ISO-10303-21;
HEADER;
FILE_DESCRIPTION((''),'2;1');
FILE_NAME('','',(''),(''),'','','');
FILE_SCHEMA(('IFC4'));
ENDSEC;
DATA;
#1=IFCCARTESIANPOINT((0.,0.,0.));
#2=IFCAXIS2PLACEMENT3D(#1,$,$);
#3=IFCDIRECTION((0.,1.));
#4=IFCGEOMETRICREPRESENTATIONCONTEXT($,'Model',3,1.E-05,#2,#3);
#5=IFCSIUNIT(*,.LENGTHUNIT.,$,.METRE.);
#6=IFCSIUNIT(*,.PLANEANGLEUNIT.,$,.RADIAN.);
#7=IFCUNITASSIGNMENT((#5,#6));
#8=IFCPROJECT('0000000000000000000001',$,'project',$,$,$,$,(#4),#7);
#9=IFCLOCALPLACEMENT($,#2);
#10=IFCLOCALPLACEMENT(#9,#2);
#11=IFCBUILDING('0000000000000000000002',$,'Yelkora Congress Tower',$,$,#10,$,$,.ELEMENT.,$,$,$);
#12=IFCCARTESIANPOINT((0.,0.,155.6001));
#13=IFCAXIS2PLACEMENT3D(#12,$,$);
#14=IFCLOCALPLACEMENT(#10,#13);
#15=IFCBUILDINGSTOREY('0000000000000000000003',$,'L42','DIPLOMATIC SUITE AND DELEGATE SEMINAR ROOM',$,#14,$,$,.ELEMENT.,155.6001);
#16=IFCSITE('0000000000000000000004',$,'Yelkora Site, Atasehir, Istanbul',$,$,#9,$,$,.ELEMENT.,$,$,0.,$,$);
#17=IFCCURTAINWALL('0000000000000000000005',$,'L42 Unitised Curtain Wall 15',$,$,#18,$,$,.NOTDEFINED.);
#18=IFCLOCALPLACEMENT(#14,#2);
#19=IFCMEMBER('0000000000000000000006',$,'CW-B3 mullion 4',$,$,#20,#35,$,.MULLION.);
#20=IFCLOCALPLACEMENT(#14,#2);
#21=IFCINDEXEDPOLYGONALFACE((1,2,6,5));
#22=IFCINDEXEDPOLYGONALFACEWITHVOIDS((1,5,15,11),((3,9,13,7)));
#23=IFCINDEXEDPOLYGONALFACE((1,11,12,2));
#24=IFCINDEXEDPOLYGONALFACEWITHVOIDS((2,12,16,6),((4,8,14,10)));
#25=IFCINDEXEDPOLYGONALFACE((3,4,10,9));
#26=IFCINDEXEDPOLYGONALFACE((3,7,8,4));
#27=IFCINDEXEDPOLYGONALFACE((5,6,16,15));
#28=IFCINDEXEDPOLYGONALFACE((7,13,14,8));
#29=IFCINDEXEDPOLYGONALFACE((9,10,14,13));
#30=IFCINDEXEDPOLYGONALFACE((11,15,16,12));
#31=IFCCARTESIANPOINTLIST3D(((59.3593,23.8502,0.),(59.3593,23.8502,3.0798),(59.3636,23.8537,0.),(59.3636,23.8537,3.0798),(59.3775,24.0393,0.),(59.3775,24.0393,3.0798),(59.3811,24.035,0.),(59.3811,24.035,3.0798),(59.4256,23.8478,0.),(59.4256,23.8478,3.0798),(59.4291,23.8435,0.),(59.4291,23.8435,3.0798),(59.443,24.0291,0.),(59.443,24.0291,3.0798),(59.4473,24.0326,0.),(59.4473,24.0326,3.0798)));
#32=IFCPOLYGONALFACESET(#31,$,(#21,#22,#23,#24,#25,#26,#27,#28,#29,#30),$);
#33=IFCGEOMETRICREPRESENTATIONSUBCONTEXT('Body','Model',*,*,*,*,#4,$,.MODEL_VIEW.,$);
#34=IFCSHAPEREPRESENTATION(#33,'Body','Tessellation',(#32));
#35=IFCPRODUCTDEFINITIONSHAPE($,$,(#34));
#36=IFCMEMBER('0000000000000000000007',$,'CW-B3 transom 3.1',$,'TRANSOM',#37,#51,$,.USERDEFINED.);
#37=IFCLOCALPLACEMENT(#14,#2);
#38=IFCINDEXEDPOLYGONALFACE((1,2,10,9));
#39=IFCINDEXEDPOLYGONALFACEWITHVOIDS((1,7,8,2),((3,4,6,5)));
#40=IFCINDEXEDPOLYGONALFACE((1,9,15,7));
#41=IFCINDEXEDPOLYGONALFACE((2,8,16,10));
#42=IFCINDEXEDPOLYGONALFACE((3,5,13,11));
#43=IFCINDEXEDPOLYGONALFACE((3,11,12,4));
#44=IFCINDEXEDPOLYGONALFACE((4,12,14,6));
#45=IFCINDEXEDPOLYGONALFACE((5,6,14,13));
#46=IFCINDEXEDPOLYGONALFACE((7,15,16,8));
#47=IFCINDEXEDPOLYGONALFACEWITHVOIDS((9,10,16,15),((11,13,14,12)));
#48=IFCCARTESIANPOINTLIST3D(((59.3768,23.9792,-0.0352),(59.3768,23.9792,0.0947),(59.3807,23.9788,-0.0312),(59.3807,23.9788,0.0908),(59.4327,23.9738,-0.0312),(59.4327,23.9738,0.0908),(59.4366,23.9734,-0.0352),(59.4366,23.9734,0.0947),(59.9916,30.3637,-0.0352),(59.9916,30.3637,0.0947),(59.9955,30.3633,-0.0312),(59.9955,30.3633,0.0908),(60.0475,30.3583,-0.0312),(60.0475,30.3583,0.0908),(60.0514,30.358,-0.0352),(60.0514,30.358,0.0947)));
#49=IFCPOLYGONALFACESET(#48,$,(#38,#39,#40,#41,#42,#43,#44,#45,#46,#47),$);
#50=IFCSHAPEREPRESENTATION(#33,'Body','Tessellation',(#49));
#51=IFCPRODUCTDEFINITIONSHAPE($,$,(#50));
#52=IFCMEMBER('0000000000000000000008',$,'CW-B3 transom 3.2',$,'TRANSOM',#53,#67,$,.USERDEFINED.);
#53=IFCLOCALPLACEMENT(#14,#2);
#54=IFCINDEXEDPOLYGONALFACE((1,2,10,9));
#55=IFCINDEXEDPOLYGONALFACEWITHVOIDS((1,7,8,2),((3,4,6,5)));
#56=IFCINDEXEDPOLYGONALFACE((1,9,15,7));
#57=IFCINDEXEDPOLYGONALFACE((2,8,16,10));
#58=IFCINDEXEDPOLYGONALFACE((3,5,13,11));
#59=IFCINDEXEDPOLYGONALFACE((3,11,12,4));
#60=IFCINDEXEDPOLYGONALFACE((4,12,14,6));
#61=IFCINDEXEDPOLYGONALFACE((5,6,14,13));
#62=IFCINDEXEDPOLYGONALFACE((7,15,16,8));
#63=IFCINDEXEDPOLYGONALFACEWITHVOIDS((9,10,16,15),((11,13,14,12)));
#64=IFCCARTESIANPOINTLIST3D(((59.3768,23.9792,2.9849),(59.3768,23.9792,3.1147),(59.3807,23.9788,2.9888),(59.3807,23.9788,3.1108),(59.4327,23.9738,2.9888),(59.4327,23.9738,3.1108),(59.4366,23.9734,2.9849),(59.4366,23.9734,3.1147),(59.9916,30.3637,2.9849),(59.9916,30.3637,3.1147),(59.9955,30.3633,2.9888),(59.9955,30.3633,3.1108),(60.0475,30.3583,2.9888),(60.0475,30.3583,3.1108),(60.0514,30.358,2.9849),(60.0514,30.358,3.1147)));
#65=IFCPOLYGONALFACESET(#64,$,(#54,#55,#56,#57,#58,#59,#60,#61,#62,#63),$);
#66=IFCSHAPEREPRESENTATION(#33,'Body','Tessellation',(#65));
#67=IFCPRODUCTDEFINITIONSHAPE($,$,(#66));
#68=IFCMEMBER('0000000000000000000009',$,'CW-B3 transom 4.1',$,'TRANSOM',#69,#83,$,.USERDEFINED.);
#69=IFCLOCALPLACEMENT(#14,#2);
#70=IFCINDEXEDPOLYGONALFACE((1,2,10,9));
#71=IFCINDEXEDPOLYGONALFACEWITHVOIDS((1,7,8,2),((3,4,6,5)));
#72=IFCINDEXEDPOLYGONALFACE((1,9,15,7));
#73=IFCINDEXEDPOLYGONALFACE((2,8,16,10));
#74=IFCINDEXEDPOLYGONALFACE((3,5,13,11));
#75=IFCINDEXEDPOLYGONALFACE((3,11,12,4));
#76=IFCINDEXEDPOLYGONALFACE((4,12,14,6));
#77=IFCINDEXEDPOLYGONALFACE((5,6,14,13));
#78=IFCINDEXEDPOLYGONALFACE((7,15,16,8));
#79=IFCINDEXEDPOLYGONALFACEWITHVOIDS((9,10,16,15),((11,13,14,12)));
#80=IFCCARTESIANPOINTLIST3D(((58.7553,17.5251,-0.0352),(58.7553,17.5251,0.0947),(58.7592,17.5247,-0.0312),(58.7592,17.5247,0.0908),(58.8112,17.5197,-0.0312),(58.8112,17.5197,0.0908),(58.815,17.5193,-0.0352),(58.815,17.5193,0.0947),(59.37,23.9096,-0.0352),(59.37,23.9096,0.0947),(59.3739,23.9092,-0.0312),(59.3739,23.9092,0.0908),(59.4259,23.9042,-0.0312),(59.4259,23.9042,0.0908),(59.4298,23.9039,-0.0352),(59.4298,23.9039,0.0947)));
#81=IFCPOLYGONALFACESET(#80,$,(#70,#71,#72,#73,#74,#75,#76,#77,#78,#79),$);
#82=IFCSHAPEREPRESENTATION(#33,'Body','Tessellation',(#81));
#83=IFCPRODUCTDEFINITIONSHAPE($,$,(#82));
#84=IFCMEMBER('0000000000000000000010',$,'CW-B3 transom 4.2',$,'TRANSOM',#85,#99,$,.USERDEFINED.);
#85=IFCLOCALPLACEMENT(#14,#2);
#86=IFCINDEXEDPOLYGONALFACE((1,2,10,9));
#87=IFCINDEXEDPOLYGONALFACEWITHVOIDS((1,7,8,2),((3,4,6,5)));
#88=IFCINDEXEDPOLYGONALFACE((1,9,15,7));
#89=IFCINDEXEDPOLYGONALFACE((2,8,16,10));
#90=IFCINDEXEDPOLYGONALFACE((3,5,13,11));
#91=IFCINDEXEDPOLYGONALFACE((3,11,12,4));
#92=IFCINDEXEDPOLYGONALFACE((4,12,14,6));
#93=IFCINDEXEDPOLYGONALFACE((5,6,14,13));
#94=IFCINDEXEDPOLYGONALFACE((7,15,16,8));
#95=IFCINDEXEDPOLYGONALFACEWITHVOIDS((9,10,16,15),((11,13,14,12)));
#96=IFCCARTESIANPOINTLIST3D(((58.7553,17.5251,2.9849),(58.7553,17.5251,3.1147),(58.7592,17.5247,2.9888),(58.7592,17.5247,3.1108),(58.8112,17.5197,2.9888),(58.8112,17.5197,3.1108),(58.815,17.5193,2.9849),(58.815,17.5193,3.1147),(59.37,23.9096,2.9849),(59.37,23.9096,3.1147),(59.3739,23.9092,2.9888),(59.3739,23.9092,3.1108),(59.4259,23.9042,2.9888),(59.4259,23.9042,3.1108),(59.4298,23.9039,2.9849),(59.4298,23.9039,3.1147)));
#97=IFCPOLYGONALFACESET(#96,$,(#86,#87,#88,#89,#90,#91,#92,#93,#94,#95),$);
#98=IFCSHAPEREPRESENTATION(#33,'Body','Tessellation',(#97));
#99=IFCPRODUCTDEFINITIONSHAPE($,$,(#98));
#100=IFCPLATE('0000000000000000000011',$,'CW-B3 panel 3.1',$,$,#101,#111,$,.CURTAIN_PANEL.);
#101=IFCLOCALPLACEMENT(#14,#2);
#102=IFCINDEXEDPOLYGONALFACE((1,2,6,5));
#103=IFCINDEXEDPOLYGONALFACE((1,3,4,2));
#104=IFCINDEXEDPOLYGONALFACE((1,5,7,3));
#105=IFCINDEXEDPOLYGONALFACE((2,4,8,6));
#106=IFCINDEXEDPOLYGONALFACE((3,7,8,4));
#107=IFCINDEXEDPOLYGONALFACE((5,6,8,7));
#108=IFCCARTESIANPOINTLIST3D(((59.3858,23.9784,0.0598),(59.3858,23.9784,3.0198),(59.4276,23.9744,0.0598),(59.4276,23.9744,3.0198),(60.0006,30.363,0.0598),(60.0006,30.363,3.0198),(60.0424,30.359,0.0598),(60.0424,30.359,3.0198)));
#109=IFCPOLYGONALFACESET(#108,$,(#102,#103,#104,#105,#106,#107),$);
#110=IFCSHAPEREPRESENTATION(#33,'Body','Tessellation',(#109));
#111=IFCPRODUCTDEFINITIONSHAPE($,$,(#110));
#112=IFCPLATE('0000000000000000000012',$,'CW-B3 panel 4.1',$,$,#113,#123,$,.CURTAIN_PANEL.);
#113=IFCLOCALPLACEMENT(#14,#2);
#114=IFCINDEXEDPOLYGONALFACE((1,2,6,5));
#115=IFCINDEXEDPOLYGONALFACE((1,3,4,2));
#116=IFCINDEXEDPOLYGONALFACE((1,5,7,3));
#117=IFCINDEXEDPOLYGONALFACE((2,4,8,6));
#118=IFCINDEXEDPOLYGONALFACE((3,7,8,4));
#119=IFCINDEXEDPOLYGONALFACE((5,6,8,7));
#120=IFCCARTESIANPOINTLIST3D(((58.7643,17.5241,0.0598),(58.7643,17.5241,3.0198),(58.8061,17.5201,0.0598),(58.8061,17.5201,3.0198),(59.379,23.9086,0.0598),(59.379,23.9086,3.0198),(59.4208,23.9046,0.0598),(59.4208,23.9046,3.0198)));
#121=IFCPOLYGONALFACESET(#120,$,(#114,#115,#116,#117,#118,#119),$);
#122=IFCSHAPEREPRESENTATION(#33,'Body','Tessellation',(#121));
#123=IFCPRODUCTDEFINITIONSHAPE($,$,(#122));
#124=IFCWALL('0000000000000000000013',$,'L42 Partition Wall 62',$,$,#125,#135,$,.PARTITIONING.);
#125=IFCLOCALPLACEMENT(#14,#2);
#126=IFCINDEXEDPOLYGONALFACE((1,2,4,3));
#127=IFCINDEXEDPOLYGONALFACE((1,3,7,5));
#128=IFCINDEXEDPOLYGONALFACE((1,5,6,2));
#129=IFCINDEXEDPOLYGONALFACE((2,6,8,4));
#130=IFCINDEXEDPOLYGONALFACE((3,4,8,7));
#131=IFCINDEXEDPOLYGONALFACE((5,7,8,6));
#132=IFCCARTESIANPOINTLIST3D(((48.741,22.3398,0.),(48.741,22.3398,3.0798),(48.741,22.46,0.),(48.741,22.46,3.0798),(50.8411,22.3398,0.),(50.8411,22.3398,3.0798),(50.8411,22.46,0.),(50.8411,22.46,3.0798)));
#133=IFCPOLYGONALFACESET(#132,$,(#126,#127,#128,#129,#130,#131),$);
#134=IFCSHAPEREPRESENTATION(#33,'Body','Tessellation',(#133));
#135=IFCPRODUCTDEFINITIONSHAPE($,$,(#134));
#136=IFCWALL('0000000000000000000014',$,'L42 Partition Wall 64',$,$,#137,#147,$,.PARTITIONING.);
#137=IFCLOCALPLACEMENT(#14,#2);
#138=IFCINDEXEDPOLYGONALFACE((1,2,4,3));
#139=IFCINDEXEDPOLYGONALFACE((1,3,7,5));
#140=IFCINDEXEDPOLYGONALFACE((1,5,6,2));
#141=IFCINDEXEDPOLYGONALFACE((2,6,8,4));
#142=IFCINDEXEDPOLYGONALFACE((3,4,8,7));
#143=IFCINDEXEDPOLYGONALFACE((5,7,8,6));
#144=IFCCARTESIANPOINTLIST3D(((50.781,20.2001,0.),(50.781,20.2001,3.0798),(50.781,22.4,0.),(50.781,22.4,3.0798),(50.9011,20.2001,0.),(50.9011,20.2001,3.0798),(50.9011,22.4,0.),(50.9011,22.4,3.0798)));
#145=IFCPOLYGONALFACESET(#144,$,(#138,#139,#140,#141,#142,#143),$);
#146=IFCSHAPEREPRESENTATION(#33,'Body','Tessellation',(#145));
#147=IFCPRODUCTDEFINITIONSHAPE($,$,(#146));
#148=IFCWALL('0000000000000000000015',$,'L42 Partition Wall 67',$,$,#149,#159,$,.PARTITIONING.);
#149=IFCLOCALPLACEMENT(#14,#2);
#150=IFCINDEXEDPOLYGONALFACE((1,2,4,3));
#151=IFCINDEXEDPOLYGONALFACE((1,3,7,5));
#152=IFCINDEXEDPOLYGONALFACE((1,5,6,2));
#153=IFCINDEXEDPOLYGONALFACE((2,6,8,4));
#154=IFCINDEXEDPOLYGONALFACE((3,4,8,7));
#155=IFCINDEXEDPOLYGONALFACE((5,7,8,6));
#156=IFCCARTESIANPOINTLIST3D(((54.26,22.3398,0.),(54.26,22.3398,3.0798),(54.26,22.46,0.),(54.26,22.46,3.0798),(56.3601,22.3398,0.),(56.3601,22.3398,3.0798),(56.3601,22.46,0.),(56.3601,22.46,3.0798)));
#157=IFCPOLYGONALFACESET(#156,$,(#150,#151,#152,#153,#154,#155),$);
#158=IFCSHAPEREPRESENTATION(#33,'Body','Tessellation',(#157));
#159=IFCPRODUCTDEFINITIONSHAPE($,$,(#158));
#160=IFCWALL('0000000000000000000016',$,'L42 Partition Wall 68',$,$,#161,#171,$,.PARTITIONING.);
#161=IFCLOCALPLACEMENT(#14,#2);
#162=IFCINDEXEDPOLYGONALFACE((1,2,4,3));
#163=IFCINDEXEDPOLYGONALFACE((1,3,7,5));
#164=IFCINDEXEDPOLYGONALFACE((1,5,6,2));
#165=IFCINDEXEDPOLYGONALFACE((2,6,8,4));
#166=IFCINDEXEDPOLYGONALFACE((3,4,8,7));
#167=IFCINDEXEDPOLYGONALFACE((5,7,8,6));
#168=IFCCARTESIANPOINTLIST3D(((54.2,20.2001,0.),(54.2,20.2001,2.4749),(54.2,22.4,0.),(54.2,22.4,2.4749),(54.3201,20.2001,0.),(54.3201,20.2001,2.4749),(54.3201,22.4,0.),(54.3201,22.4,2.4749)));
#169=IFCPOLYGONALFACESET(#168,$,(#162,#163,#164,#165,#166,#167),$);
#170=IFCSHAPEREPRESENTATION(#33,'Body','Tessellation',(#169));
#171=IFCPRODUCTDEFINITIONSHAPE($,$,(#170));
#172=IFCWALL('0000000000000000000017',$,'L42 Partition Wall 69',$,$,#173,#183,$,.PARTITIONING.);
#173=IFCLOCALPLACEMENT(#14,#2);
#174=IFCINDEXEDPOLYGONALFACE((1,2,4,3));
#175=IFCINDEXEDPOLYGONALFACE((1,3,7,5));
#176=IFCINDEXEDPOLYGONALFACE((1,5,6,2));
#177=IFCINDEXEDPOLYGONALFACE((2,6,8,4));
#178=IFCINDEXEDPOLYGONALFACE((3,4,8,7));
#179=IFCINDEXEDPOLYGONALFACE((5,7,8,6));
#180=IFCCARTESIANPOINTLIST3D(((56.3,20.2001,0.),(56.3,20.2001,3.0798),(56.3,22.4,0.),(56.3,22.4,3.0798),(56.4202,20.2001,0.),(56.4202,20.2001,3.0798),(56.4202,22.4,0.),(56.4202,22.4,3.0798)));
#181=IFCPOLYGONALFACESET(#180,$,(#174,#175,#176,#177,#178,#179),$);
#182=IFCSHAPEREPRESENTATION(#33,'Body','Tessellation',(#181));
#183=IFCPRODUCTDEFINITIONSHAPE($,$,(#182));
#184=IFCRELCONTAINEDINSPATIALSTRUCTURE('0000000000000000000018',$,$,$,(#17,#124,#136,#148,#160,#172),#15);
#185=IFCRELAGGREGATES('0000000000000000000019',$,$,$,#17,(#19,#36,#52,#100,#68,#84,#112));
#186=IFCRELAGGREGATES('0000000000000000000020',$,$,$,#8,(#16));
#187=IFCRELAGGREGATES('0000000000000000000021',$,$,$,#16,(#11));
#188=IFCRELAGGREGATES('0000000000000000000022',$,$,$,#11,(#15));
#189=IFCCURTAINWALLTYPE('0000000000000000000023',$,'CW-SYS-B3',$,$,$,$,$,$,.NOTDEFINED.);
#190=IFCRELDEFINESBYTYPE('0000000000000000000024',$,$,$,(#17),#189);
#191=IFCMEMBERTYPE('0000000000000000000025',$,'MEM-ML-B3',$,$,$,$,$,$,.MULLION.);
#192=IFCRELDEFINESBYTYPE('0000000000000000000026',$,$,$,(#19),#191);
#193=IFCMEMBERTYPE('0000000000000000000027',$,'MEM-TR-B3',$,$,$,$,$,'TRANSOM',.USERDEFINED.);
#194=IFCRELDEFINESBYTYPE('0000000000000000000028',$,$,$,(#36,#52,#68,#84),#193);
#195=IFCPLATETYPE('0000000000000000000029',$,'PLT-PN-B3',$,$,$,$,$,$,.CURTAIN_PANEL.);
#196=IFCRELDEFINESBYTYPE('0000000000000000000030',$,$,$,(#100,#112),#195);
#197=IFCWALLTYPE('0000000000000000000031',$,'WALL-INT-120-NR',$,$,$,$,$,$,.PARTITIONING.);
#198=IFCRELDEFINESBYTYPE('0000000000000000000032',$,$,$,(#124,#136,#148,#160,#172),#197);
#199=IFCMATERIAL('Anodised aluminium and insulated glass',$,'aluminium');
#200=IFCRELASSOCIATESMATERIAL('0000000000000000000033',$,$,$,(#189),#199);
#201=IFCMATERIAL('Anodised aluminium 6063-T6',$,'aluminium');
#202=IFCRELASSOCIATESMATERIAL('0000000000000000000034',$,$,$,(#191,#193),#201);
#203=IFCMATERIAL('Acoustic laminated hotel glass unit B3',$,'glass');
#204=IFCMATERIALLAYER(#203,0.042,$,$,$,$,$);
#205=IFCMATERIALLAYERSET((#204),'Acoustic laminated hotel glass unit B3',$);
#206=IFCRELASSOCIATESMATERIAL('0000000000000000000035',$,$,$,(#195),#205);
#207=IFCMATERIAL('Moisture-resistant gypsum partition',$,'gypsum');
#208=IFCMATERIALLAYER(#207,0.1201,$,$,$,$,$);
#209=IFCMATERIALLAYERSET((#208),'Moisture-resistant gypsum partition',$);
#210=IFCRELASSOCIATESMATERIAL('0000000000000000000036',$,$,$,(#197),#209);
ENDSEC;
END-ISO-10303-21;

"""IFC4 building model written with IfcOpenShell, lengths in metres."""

from ifc_helpers import new_model, si_unit, direction, frame, frame_2d, origin, origin_2d, place, context, subcontext, project, spatial, rectangle, hollow_rectangle, extrude, material, layer, layer_set, material_profile, profile_set, type_object, element, aggregate, save


model = new_model("IFC4")

# Units and contexts
model_context = context("Model", 3, precision=1e-05, world=origin(), true_north=direction((0.0, 1.0)))
body_context = subcontext(model_context, "Body", "Model", "MODEL_VIEW")
ifc_project = project(units=[si_unit("LENGTHUNIT", "METRE"), si_unit("PLANEANGLEUNIT", "RADIAN")], contexts=[model_context])

# Site, building, storey
site_placement = place(None, origin())
site = spatial("IfcSite", under=ifc_project, at=site_placement, Name="Yelkora Site, Atasehir, Istanbul", CompositionType="ELEMENT", RefElevation=0.0)
building_placement = place(site_placement, origin())
building = spatial("IfcBuilding", under=site, at=building_placement, Name="Yelkora Congress Tower", CompositionType="ELEMENT")
storey_placement = place(building_placement, frame((0.0, 0.0, 155.6001)))
storey = spatial("IfcBuildingStorey", under=building, at=storey_placement, Name="L42", Description="DIPLOMATIC SUITE AND DELEGATE SEMINAR ROOM", CompositionType="ELEMENT", Elevation=155.6001)

# Curtain wall, members, plates
ifc_material_1 = material(Name="Anodised aluminium and insulated glass", Category="aluminium")
curtain_wall_type = type_object("IfcCurtainWallType", Name="CW-SYS-B3", PredefinedType="NOTDEFINED", material=ifc_material_1)
curtain_wall_placement = place(storey_placement, origin())
curtain_wall = element("IfcCurtainWall", 1, at=curtain_wall_placement, inside=storey, type_object=curtain_wall_type, Name="L42 Unitised Curtain Wall 15", PredefinedType="NOTDEFINED")
ifc_material_2 = material(Name="Anodised aluminium 6063-T6", Category="aluminium")
ifc_material_profile_1 = material_profile(ifc_material_2, hollow_rectangle(XDim=0.0701, YDim=0.1899, WallThickness=0.0039, at=origin_2d()), Name="ALU 70x190x4")
ifc_profile_set_1 = profile_set([ifc_material_profile_1], Name="Anodised aluminium 6063-T6")
member_type_1 = type_object("IfcMemberType", Name="MEM-ML-B3", PredefinedType="MULLION", material=ifc_profile_set_1)
member_1_placement = place(storey_placement, frame((59.4033, 23.9414, 0.0), z_axis=(0.0, 0.0, 1.0), x_axis=(0.995397, -0.095842, 0.0)))
member_1 = element("IfcMember", 2, at=member_1_placement, type_object=member_type_1, Name="CW-B3 mullion 4", PredefinedType="MULLION", context=body_context, shape_type="SweptSolid", body=[
    extrude(hollow_rectangle(XDim=0.0701, YDim=0.1899, WallThickness=0.0039, at=origin_2d()), origin(), (0.0, 0.0, 1.0), 3.0798),
])
ifc_material_profile_2 = material_profile(ifc_material_2, hollow_rectangle(XDim=0.0601, YDim=0.1299, WallThickness=0.0039, at=origin_2d()), Name="ALU 60x130x4")
ifc_profile_set_2 = profile_set([ifc_material_profile_2], Name="Anodised aluminium 6063-T6")
member_type_2 = type_object("IfcMemberType", Name="MEM-TR-B3", ElementType="TRANSOM", PredefinedType="USERDEFINED", material=ifc_profile_set_2)
member_2_placement = place(storey_placement, frame((60.0215, 30.3608, 0.0298), z_axis=(-0.095844, -0.995396, 0.0), x_axis=(0.995396, -0.095844, 0.0)))
member_2 = element("IfcMember", 3, at=member_2_placement, type_object=member_type_2, Name="CW-B3 transom 3.1", ObjectType="TRANSOM", PredefinedType="USERDEFINED", context=body_context, shape_type="SweptSolid", body=[
    extrude(hollow_rectangle(XDim=0.0601, YDim=0.1299, WallThickness=0.0039, at=origin_2d()), origin(), (0.0, 0.0, 1.0), 6.4141),
])
member_3_placement = place(storey_placement, frame((60.0215, 30.3608, 3.0498), z_axis=(-0.095844, -0.995396, 0.0), x_axis=(0.995396, -0.095844, 0.0)))
member_3 = element("IfcMember", 4, at=member_3_placement, type_object=member_type_2, Name="CW-B3 transom 3.2", ObjectType="TRANSOM", PredefinedType="USERDEFINED", context=body_context, shape_type="SweptSolid", body=[
    extrude(hollow_rectangle(XDim=0.0601, YDim=0.1299, WallThickness=0.0039, at=origin_2d()), origin(), (0.0, 0.0, 1.0), 6.4141),
])
member_4_placement = place(storey_placement, frame((59.3999, 23.9067, 0.0298), z_axis=(-0.095844, -0.995396, 0.0), x_axis=(0.995396, -0.095844, 0.0)))
member_4 = element("IfcMember", 5, at=member_4_placement, type_object=member_type_2, Name="CW-B3 transom 4.1", ObjectType="TRANSOM", PredefinedType="USERDEFINED", context=body_context, shape_type="SweptSolid", body=[
    extrude(hollow_rectangle(XDim=0.0601, YDim=0.1299, WallThickness=0.0039, at=origin_2d()), origin(), (0.0, 0.0, 1.0), 6.4141),
])
member_5_placement = place(storey_placement, frame((59.3999, 23.9067, 3.0498), z_axis=(-0.095844, -0.995396, 0.0), x_axis=(0.995396, -0.095844, 0.0)))
member_5 = element("IfcMember", 6, at=member_5_placement, type_object=member_type_2, Name="CW-B3 transom 4.2", ObjectType="TRANSOM", PredefinedType="USERDEFINED", context=body_context, shape_type="SweptSolid", body=[
    extrude(hollow_rectangle(XDim=0.0601, YDim=0.1299, WallThickness=0.0039, at=origin_2d()), origin(), (0.0, 0.0, 1.0), 6.4141),
])
ifc_material_3 = material(Name="Acoustic laminated hotel glass unit B3", Category="glass")
ifc_layer_1 = layer(ifc_material_3, 0.042)
ifc_layer_set_1 = layer_set([ifc_layer_1], Name="Acoustic laminated hotel glass unit B3")
plate_type = type_object("IfcPlateType", Name="PLT-PN-B3", PredefinedType="CURTAIN_PANEL", material=ifc_layer_set_1)
plate_1_placement = place(storey_placement, frame((59.7141, 27.1687, 0.0598), z_axis=(0.0, 0.0, 1.0), x_axis=(-0.095842, -0.995397, 0.0)))
plate_1 = element("IfcPlate", 7, at=plate_1_placement, type_object=plate_type, Name="CW-B3 panel 3.1", PredefinedType="CURTAIN_PANEL", context=body_context, shape_type="SweptSolid", body=[
    extrude(rectangle(XDim=6.4141, YDim=0.042, at=origin_2d()), origin(), (0.0, 0.0, 1.0), 2.96),
])
plate_2_placement = place(storey_placement, frame((59.0925, 20.7144, 0.0598), z_axis=(0.0, 0.0, 1.0), x_axis=(-0.095842, -0.995397, 0.0)))
plate_2 = element("IfcPlate", 8, at=plate_2_placement, type_object=plate_type, Name="CW-B3 panel 4.1", PredefinedType="CURTAIN_PANEL", context=body_context, shape_type="SweptSolid", body=[
    extrude(rectangle(XDim=6.4141, YDim=0.042, at=origin_2d()), origin(), (0.0, 0.0, 1.0), 2.96),
])
aggregate(curtain_wall, [member_1, member_2, member_3, plate_1, member_4, member_5, plate_2])

# Walls
ifc_material_4 = material(Name="Moisture-resistant gypsum partition", Category="gypsum")
ifc_layer_2 = layer(ifc_material_4, 0.1201)
ifc_layer_set_2 = layer_set([ifc_layer_2], Name="Moisture-resistant gypsum partition")
wall_type_1 = type_object("IfcWallType", Name="WALL-INT-120-NR", PredefinedType="PARTITIONING", material=ifc_layer_set_2)
wall_1_placement = place(storey_placement, frame((48.741, 22.3999, 0.0), z_axis=(0.0, 0.0, 1.0), x_axis=(1.0, 0.0, 0.0)))
element("IfcWall", 9, at=wall_1_placement, inside=storey, type_object=wall_type_1, Name="L42 Partition Wall 62", PredefinedType="PARTITIONING", context=body_context, shape_type="SweptSolid", body=[
    extrude(rectangle(XDim=2.1001, YDim=0.1201, at=frame_2d((1.05, 0.0))), origin(), (0.0, 0.0, 1.0), 3.0798),
])
wall_2_placement = place(storey_placement, frame((50.8411, 20.2, 0.0), z_axis=(0.0, 0.0, 1.0), x_axis=(0.0, 1.0, 0.0)))
element("IfcWall", 10, at=wall_2_placement, inside=storey, type_object=wall_type_1, Name="L42 Partition Wall 64", PredefinedType="PARTITIONING", context=body_context, shape_type="SweptSolid", body=[
    extrude(rectangle(XDim=2.2, YDim=0.1201, at=frame_2d((1.1001, 0.0))), origin(), (0.0, 0.0, 1.0), 3.0798),
])
wall_3_placement = place(storey_placement, frame((54.26, 22.3999, 0.0), z_axis=(0.0, 0.0, 1.0), x_axis=(1.0, 0.0, 0.0)))
element("IfcWall", 11, at=wall_3_placement, inside=storey, type_object=wall_type_1, Name="L42 Partition Wall 67", PredefinedType="PARTITIONING", context=body_context, shape_type="SweptSolid", body=[
    extrude(rectangle(XDim=2.1001, YDim=0.1201, at=frame_2d((1.05, 0.0))), origin(), (0.0, 0.0, 1.0), 3.0798),
])
wall_4_placement = place(storey_placement, frame((54.26, 20.2, 0.0), z_axis=(0.0, 0.0, 1.0), x_axis=(0.0, 1.0, 0.0)))
element("IfcWall", 12, at=wall_4_placement, inside=storey, type_object=wall_type_1, Name="L42 Partition Wall 68", PredefinedType="PARTITIONING", context=body_context, shape_type="SweptSolid", body=[
    extrude(rectangle(XDim=2.2, YDim=0.1201, at=frame_2d((1.1001, 0.0))), origin(), (0.0, 0.0, 1.0), 2.4749),
])
wall_5_placement = place(storey_placement, frame((56.3601, 20.2, 0.0), z_axis=(0.0, 0.0, 1.0), x_axis=(0.0, 1.0, 0.0)))
element("IfcWall", 13, at=wall_5_placement, inside=storey, type_object=wall_type_1, Name="L42 Partition Wall 69", PredefinedType="PARTITIONING", context=body_context, shape_type="SweptSolid", body=[
    extrude(rectangle(XDim=2.2, YDim=0.1201, at=frame_2d((1.1001, 0.0))), origin(), (0.0, 0.0, 1.0), 3.0798),
])

save(model, "model.ifc")
